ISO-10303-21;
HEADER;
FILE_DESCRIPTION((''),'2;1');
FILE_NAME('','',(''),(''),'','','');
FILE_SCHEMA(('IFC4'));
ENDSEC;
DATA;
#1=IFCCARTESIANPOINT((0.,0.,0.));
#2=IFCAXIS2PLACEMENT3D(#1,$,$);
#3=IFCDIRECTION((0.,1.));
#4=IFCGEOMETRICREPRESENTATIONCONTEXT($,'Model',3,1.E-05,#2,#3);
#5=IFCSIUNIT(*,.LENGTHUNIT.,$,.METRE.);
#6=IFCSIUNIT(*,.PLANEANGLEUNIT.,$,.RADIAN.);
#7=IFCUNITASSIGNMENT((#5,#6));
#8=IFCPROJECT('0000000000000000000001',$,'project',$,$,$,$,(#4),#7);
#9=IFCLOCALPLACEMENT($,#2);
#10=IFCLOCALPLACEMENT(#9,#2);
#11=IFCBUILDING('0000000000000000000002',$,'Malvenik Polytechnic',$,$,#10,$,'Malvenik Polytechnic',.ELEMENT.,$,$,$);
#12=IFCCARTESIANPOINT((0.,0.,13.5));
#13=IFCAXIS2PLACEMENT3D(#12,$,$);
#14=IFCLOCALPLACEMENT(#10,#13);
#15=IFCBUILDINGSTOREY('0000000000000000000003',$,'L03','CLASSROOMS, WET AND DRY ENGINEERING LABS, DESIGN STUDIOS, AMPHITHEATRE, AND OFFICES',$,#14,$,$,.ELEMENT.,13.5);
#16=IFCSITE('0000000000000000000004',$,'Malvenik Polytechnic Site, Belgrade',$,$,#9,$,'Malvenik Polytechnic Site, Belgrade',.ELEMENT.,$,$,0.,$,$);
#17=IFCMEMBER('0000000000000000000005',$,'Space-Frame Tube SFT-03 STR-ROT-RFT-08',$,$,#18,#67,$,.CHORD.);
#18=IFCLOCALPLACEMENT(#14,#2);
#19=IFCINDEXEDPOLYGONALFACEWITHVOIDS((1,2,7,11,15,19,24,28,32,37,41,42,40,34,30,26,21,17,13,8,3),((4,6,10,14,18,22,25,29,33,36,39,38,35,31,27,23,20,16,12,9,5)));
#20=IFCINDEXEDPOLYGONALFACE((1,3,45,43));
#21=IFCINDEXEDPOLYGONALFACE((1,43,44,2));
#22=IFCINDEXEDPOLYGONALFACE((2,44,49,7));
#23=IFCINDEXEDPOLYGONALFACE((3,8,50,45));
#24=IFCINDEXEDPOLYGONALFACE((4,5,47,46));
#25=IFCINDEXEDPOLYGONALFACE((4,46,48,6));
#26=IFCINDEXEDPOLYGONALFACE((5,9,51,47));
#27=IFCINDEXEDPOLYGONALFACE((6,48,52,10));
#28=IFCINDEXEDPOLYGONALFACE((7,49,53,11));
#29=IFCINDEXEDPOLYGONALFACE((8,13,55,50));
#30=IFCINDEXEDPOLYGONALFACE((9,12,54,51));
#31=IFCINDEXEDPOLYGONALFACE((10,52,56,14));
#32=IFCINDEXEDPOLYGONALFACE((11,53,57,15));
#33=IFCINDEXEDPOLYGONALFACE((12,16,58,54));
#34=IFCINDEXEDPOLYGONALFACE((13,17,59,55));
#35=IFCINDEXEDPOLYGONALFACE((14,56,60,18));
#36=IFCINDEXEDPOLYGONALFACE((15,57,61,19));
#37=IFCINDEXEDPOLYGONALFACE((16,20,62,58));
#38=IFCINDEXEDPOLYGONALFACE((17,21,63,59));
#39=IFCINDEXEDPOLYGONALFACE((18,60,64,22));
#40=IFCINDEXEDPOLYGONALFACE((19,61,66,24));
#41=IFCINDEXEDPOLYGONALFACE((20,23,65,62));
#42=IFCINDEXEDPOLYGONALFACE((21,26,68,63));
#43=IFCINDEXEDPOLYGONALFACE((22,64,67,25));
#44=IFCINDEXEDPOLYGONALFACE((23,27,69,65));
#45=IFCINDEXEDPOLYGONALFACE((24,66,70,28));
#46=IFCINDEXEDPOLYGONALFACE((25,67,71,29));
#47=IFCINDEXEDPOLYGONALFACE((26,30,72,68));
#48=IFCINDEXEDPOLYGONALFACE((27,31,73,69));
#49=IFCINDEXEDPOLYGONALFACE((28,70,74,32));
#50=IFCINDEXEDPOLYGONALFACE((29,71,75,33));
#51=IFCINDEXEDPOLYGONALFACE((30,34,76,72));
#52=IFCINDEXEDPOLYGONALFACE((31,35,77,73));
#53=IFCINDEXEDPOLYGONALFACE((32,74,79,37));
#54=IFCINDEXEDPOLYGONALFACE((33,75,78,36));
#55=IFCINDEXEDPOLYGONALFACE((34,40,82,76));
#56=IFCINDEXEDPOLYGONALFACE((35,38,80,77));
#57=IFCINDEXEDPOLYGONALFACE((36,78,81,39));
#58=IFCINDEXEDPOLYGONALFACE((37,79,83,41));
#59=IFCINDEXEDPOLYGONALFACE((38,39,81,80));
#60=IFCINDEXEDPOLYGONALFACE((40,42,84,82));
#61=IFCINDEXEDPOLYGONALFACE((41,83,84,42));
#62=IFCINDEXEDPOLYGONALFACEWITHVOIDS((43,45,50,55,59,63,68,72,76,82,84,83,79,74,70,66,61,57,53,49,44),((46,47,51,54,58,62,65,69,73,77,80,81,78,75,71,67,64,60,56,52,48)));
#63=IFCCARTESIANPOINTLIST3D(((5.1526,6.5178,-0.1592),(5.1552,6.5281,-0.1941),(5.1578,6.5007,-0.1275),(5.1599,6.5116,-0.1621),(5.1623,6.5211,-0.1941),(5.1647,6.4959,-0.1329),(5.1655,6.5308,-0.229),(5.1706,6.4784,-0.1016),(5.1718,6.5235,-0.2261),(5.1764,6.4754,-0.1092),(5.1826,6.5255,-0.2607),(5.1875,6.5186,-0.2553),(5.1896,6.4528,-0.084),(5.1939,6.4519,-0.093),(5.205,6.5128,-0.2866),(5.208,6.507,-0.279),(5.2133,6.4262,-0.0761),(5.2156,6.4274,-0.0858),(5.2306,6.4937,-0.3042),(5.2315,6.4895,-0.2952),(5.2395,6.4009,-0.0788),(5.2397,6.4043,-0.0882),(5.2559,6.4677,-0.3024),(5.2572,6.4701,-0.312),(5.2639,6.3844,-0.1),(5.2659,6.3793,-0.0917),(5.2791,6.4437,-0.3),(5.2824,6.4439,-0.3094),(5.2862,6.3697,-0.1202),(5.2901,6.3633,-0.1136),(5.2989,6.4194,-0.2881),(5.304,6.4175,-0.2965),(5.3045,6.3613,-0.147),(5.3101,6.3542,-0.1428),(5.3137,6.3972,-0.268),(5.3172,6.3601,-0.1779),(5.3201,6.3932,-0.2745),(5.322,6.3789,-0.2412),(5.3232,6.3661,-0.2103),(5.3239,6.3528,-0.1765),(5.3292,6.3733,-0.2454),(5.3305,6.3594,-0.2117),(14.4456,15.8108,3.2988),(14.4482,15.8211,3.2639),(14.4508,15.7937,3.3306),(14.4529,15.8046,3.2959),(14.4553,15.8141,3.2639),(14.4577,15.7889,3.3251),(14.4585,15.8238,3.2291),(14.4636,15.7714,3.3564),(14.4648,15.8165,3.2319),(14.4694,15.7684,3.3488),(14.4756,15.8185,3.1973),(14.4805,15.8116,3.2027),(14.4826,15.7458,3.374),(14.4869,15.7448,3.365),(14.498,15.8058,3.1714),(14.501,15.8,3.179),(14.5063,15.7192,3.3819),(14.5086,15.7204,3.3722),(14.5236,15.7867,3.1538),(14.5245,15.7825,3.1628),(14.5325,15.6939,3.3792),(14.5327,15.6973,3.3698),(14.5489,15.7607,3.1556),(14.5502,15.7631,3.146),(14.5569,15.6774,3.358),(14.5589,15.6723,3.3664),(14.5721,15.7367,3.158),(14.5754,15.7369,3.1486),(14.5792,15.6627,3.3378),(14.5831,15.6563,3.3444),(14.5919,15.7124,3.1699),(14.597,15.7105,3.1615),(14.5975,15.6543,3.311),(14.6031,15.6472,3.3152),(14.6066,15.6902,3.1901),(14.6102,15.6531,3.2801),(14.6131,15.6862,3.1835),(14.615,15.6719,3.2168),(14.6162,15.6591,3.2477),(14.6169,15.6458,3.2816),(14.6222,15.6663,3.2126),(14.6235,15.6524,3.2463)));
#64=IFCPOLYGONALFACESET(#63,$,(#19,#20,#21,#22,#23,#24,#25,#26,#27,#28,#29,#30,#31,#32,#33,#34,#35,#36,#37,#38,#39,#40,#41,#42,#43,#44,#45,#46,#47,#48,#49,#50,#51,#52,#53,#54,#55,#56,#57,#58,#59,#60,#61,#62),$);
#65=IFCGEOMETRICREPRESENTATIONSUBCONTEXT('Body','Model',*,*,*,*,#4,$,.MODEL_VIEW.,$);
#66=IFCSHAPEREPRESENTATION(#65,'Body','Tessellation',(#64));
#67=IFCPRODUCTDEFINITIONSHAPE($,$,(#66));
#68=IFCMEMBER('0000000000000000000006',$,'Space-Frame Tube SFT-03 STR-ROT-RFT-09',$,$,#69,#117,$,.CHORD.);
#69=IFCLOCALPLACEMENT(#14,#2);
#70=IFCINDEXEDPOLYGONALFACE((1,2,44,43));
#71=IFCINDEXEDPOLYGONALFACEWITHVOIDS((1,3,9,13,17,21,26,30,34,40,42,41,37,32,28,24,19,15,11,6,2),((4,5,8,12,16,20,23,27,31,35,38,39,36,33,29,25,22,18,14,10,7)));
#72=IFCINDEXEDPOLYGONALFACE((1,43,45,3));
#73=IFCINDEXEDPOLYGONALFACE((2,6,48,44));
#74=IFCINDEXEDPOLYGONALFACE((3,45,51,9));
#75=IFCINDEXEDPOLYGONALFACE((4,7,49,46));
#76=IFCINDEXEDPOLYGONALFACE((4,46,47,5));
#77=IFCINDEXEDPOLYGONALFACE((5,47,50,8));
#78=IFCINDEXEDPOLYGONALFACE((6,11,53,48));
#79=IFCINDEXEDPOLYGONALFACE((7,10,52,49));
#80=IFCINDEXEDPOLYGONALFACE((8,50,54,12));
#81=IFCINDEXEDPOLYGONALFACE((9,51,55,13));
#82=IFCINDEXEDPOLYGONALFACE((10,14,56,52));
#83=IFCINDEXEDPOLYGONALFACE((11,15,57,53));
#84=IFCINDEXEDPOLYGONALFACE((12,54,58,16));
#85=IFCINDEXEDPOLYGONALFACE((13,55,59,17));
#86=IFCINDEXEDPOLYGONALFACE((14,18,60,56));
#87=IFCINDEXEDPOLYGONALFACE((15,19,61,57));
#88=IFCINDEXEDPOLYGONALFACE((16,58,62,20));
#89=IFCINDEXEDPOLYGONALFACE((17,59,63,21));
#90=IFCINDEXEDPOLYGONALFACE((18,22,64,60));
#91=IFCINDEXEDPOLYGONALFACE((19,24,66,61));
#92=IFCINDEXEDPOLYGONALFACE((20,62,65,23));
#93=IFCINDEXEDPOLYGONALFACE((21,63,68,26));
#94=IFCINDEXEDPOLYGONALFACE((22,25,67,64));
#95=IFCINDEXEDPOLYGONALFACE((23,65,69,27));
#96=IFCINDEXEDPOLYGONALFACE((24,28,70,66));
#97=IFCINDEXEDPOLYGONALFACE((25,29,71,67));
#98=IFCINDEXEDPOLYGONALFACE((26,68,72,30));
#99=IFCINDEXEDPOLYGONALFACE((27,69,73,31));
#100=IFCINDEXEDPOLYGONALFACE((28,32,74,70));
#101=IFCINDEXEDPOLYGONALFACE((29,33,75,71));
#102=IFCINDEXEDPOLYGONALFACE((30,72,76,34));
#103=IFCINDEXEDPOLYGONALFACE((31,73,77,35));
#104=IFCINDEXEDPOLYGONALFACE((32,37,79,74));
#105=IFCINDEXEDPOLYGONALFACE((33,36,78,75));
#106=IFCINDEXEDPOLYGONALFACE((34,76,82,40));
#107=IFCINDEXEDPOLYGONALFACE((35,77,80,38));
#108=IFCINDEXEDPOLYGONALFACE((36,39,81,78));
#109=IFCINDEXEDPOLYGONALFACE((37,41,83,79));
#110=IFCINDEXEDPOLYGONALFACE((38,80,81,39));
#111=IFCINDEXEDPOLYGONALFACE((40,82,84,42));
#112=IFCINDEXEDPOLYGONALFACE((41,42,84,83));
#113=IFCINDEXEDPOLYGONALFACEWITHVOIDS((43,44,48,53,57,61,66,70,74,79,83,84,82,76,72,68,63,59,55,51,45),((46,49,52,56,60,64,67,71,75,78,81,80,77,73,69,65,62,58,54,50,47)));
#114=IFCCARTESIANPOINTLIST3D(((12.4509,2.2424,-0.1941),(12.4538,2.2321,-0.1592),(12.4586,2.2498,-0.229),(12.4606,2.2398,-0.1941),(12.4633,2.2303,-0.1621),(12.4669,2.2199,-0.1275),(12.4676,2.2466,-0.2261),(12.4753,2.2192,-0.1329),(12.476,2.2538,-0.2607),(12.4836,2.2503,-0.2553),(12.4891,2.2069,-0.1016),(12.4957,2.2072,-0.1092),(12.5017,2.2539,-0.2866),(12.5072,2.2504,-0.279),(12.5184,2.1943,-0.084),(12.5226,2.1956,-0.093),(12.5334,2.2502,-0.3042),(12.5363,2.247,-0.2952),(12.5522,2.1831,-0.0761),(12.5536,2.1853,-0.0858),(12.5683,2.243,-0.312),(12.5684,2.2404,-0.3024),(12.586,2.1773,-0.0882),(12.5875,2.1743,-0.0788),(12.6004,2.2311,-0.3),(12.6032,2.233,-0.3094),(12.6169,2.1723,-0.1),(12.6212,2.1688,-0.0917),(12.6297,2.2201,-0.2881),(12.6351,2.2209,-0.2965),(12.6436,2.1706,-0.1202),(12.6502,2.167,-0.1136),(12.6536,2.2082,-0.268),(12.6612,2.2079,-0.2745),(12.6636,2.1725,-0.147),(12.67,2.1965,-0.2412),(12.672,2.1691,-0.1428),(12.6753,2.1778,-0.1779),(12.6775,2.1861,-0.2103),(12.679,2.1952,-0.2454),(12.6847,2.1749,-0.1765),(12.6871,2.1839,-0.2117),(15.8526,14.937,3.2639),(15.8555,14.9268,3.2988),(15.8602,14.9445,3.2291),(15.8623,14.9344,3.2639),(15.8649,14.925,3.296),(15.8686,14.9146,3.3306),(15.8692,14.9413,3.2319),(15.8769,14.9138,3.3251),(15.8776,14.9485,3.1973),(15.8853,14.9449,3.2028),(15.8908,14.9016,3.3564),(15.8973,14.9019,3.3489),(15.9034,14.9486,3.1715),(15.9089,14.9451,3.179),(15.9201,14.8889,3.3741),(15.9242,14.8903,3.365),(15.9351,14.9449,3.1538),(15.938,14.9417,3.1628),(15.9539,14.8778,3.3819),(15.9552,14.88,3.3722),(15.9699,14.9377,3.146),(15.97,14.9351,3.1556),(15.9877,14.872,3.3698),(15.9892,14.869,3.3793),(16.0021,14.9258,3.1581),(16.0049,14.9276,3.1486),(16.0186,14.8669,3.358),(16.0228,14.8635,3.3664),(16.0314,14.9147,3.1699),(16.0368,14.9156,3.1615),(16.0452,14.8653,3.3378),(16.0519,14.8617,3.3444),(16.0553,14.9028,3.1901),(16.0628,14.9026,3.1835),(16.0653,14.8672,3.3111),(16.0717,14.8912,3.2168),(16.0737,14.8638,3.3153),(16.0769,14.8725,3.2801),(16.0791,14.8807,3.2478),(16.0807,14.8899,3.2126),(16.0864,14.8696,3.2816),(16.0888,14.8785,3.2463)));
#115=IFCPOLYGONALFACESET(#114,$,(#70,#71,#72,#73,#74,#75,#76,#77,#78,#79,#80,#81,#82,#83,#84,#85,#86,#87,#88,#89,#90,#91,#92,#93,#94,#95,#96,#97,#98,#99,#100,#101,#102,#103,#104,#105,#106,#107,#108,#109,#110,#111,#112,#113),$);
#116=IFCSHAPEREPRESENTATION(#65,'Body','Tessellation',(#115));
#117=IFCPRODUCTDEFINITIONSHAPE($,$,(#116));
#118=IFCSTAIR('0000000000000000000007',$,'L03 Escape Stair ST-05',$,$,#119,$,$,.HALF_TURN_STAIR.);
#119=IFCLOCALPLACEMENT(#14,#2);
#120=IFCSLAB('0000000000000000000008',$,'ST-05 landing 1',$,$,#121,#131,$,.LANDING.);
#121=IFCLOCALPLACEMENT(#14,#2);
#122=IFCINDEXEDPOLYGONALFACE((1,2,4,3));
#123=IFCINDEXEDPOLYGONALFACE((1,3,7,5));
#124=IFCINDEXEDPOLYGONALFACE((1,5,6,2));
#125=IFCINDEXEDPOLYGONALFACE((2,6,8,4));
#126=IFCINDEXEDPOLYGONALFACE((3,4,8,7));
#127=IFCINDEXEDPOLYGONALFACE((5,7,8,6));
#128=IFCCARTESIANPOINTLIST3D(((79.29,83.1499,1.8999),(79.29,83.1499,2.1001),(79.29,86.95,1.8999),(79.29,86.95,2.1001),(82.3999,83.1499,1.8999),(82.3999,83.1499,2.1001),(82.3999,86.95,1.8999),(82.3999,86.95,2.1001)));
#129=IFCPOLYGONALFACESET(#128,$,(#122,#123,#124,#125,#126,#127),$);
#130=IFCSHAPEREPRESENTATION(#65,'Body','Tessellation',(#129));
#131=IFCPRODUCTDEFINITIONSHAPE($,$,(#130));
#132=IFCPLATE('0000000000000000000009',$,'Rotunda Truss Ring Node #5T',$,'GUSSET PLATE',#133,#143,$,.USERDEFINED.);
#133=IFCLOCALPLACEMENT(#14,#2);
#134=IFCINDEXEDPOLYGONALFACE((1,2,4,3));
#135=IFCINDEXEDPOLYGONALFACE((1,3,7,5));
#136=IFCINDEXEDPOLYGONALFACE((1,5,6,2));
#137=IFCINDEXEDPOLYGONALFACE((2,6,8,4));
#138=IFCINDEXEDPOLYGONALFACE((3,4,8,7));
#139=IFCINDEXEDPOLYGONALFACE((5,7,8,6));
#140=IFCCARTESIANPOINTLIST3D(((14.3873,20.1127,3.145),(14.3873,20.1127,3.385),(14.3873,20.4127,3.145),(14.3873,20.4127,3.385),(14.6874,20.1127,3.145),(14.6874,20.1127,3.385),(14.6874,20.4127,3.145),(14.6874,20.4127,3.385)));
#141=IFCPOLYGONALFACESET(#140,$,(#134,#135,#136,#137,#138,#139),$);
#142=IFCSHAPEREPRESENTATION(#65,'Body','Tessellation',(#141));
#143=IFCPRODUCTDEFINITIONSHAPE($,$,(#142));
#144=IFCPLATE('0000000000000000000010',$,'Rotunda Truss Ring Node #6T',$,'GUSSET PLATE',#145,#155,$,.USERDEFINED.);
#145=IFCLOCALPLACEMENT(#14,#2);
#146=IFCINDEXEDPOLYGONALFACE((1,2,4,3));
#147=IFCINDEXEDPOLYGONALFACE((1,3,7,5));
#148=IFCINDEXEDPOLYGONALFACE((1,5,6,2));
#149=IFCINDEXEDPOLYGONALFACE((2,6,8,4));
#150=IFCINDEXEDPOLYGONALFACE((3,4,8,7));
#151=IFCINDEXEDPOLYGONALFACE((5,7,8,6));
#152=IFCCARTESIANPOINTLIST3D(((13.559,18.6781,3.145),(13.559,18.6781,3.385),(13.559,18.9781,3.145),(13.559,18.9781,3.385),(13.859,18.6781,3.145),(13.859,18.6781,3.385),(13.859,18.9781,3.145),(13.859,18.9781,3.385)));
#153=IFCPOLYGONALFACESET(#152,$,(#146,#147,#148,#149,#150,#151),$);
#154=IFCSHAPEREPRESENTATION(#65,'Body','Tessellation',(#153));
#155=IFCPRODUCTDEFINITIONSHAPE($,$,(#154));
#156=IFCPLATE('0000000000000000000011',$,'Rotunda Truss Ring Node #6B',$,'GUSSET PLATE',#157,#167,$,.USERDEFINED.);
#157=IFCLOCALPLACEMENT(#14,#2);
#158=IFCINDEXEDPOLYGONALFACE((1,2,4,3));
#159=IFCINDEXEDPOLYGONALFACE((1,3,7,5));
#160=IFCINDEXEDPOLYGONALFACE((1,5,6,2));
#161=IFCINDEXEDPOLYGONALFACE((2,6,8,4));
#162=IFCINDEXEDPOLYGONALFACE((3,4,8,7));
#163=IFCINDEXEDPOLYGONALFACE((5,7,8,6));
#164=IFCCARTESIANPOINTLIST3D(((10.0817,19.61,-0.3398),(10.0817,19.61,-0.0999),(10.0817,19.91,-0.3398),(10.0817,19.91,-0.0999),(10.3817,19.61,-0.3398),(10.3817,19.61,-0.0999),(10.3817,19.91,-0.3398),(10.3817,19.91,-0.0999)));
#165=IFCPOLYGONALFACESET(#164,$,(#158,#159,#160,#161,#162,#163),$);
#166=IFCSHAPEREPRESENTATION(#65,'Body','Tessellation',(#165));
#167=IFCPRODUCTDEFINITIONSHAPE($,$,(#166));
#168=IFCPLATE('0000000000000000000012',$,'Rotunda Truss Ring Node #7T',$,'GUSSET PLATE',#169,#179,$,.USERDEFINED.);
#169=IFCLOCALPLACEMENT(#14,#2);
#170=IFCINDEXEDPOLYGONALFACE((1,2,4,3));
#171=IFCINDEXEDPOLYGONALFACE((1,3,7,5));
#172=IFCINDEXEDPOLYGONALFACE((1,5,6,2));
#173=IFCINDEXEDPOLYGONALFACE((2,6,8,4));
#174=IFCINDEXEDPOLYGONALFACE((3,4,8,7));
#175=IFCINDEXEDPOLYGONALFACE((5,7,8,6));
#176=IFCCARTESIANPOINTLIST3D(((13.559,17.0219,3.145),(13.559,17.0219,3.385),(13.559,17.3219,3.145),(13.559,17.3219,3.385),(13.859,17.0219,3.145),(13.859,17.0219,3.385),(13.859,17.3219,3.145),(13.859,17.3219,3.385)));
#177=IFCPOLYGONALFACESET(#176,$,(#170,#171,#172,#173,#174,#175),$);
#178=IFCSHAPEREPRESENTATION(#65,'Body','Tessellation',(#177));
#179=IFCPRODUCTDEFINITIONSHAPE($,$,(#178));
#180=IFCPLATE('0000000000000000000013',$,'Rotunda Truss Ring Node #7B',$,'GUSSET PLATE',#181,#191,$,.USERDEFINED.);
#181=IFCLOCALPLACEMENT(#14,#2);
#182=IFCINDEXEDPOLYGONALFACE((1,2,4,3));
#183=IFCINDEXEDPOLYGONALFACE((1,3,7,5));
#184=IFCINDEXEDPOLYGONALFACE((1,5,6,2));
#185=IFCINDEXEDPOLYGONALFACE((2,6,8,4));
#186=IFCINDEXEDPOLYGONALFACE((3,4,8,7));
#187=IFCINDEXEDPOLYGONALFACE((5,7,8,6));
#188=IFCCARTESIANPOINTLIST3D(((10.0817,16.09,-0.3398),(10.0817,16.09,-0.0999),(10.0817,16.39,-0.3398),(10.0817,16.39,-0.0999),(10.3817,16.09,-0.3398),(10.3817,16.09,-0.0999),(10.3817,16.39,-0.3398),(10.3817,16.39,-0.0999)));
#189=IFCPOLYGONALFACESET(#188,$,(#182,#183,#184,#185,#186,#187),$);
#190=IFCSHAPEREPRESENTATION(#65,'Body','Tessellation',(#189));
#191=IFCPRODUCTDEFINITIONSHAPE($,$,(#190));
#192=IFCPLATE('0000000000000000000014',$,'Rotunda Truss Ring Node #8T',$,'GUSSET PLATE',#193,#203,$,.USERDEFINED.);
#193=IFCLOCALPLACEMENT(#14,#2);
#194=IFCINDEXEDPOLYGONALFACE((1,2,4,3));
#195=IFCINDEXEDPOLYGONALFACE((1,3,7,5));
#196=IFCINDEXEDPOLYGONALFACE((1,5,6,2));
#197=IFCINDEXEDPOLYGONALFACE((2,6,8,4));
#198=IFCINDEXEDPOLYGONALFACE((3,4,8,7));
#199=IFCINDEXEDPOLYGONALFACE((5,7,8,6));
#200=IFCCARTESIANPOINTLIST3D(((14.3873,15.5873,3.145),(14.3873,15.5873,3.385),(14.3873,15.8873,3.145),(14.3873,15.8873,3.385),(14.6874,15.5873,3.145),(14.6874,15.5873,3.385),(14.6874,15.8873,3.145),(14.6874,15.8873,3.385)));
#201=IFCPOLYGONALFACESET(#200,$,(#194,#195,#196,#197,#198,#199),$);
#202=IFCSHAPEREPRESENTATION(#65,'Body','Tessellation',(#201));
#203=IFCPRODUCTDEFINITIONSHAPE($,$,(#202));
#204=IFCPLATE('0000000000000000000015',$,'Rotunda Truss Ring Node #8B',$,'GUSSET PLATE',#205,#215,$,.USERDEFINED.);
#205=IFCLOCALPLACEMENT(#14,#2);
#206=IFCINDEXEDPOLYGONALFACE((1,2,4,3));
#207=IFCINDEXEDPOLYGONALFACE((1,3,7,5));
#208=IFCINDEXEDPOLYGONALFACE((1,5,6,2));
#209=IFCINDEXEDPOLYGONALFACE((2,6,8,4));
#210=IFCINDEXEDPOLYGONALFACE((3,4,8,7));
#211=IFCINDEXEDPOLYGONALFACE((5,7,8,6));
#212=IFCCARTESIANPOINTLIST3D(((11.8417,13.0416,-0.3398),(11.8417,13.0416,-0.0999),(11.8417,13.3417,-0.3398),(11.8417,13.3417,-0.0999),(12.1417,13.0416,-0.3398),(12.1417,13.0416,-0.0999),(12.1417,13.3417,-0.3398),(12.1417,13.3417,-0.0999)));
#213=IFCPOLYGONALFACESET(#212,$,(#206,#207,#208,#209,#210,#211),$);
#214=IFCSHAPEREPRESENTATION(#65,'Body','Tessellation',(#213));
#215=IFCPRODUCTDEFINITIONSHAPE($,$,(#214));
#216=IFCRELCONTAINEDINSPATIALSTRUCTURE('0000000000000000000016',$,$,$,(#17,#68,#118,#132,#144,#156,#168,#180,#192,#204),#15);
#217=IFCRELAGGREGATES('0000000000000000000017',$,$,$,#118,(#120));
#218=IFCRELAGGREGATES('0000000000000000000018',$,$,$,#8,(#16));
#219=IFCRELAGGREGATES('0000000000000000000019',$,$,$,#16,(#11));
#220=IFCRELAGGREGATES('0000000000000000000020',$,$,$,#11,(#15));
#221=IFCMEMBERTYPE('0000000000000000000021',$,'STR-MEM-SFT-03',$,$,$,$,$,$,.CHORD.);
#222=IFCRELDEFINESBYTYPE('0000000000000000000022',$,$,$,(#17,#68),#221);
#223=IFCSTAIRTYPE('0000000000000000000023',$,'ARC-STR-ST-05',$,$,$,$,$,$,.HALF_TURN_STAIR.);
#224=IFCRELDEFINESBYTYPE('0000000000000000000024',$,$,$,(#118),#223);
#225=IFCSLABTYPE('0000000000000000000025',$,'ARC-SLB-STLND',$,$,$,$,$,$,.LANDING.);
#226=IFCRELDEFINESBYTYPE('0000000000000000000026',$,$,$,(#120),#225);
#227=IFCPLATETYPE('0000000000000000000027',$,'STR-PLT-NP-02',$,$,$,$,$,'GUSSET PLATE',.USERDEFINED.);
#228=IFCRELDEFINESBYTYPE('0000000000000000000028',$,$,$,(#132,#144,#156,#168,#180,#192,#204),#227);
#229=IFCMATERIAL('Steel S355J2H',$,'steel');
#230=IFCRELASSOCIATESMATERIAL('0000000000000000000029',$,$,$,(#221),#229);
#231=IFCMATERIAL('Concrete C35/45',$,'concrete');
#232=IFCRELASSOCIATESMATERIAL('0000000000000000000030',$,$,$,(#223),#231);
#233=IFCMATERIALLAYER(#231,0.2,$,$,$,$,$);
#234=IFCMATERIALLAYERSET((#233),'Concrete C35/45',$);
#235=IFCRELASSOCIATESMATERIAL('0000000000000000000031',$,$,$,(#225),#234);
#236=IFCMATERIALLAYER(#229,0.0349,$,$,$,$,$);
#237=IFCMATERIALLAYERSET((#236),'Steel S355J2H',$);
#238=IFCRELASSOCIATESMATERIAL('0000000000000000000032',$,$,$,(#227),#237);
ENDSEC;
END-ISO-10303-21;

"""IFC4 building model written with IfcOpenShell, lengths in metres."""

from ifc_helpers import new_model, si_unit, direction, frame, origin, origin_2d, place, context, subcontext, project, spatial, polyline, rectangle, hollow_circle, outline, extrude, material, layer, layer_set, material_profile, profile_set, type_object, element, aggregate, save


model = new_model("IFC4")

# Units and contexts
model_context = context("Model", 3, precision=1e-05, world=origin(), true_north=direction((0.0, 1.0)))
body_context = subcontext(model_context, "Body", "Model", "MODEL_VIEW")
ifc_project = project(units=[si_unit("LENGTHUNIT", "METRE"), si_unit("PLANEANGLEUNIT", "RADIAN")], contexts=[model_context])

# Site, building, storey
site_placement = place(None, origin())
site = spatial("IfcSite", under=ifc_project, at=site_placement, Name="Malvenik Polytechnic Site, Belgrade", LongName="Malvenik Polytechnic Site, Belgrade", CompositionType="ELEMENT", RefElevation=0.0)
building_placement = place(site_placement, origin())
building = spatial("IfcBuilding", under=site, at=building_placement, Name="Malvenik Polytechnic", LongName="Malvenik Polytechnic", CompositionType="ELEMENT")
storey_placement = place(building_placement, frame((0.0, 0.0, 13.5)))
storey = spatial("IfcBuildingStorey", under=building, at=storey_placement, Name="L03", Description="CLASSROOMS, WET AND DRY ENGINEERING LABS, DESIGN STUDIOS, AMPHITHEATRE, AND OFFICES", CompositionType="ELEMENT", Elevation=13.5)

# Members
ifc_material_1 = material(Name="Steel S355J2H", Category="steel")
ifc_material_profile_1 = material_profile(ifc_material_1, hollow_circle(Radius=0.1223, WallThickness=0.01, at=origin_2d()), Name="CHS 244.5x10.0")
ifc_profile_set_1 = profile_set([ifc_material_profile_1], Name="Steel S355J2H")
member_type_1 = type_object("IfcMemberType", Name="STR-MEM-SFT-03", PredefinedType="CHORD", material=ifc_profile_set_1)
member_1_placement = place(storey_placement, frame((5.2417, 6.4417, -0.1941), z_axis=(0.683831, 0.683831, 0.25446), x_axis=(-0.707107, 0.707107, 0.0)))
element("IfcMember", 1, at=member_1_placement, inside=storey, type_object=member_type_1, Name="Space-Frame Tube SFT-03 STR-ROT-RFT-08", PredefinedType="CHORD", context=body_context, shape_type="SweptSolid", body=[
    extrude(hollow_circle(Radius=0.1223, WallThickness=0.01, at=origin_2d()), origin(), (0.0, 0.0, 1.0), 13.5896),
])
member_2_placement = place(storey_placement, frame((12.5691, 2.2107, -0.1941), z_axis=(0.250307, 0.934129, 0.254457), x_axis=(-0.965924, 0.258827, 0.0)))
element("IfcMember", 2, at=member_2_placement, inside=storey, type_object=member_type_1, Name="Space-Frame Tube SFT-03 STR-ROT-RFT-09", PredefinedType="CHORD", context=body_context, shape_type="SweptSolid", body=[
    extrude(hollow_circle(Radius=0.1223, WallThickness=0.01, at=origin_2d()), origin(), (0.0, 0.0, 1.0), 13.5898),
])

# Stair, slab
ifc_material_2 = material(Name="Concrete C35/45", Category="concrete")
stair_type = type_object("IfcStairType", Name="ARC-STR-ST-05", PredefinedType="HALF_TURN_STAIR", material=ifc_material_2)
stair_placement = place(storey_placement, origin())
stair = element("IfcStair", 3, at=stair_placement, inside=storey, type_object=stair_type, Name="L03 Escape Stair ST-05", PredefinedType="HALF_TURN_STAIR")
ifc_layer_1 = layer(ifc_material_2, 0.2)
ifc_layer_set_1 = layer_set([ifc_layer_1], Name="Concrete C35/45")
slab_type = type_object("IfcSlabType", Name="ARC-SLB-STLND", PredefinedType="LANDING", material=ifc_layer_set_1)
slab_placement = place(storey_placement, frame((0.0, 0.0, 1.8999)))
slab = element("IfcSlab", 4, at=slab_placement, type_object=slab_type, Name="ST-05 landing 1", PredefinedType="LANDING", context=body_context, shape_type="SweptSolid", body=[
    extrude(outline(polyline([(79.29, 83.1499), (82.3999, 83.1499), (82.3999, 86.95), (79.29, 86.95), (79.29, 83.1499)])), origin(), (0.0, 0.0, 1.0), 0.2002),
])
aggregate(stair, [slab])

# Plates
ifc_layer_2 = layer(ifc_material_1, 0.0349)
ifc_layer_set_2 = layer_set([ifc_layer_2], Name="Steel S355J2H")
plate_type = type_object("IfcPlateType", Name="STR-PLT-NP-02", ElementType="GUSSET PLATE", PredefinedType="USERDEFINED", material=ifc_layer_set_2)
for number, where, z_axis, x_axis, name in (
    (5, (14.5374, 20.2627, 3.145), (0.0, 0.0, 1.0), (1.0, 0.0, 0.0), "Rotunda Truss Ring Node #5T"),
    (6, (13.709, 18.8281, 3.145), (0.0, 0.0, 1.0), (1.0, 0.0, 0.0), "Rotunda Truss Ring Node #6T"),
    (7, (10.2317, 19.76, -0.3398), (0.0, 0.0, 1.0), (1.0, 0.0, 0.0), "Rotunda Truss Ring Node #6B"),
    (8, (13.709, 17.1719, 3.145), (0.0, 0.0, 1.0), (1.0, 0.0, 0.0), "Rotunda Truss Ring Node #7T"),
    (9, (10.2317, 16.24, -0.3398), (0.0, 0.0, 1.0), (1.0, 0.0, 0.0), "Rotunda Truss Ring Node #7B"),
    (10, (14.5374, 15.7373, 3.145), (0.0, 0.0, 1.0), (1.0, 0.0, 0.0), "Rotunda Truss Ring Node #8T"),
    (11, (11.9917, 13.1917, -0.3398), (0.0, 0.0, 1.0), (1.0, 0.0, 0.0), "Rotunda Truss Ring Node #8B"),
):
    element("IfcPlate", number, at=place(storey_placement, frame(where, z_axis=z_axis, x_axis=x_axis)), inside=storey, type_object=plate_type, Name=name, ObjectType="GUSSET PLATE", PredefinedType="USERDEFINED", context=body_context, shape_type="SweptSolid", body=[
        extrude(rectangle(XDim=0.3, YDim=0.3, at=origin_2d()), origin(), (0.0, 0.0, 1.0), 0.24),
    ])

save(model, "model.ifc")
